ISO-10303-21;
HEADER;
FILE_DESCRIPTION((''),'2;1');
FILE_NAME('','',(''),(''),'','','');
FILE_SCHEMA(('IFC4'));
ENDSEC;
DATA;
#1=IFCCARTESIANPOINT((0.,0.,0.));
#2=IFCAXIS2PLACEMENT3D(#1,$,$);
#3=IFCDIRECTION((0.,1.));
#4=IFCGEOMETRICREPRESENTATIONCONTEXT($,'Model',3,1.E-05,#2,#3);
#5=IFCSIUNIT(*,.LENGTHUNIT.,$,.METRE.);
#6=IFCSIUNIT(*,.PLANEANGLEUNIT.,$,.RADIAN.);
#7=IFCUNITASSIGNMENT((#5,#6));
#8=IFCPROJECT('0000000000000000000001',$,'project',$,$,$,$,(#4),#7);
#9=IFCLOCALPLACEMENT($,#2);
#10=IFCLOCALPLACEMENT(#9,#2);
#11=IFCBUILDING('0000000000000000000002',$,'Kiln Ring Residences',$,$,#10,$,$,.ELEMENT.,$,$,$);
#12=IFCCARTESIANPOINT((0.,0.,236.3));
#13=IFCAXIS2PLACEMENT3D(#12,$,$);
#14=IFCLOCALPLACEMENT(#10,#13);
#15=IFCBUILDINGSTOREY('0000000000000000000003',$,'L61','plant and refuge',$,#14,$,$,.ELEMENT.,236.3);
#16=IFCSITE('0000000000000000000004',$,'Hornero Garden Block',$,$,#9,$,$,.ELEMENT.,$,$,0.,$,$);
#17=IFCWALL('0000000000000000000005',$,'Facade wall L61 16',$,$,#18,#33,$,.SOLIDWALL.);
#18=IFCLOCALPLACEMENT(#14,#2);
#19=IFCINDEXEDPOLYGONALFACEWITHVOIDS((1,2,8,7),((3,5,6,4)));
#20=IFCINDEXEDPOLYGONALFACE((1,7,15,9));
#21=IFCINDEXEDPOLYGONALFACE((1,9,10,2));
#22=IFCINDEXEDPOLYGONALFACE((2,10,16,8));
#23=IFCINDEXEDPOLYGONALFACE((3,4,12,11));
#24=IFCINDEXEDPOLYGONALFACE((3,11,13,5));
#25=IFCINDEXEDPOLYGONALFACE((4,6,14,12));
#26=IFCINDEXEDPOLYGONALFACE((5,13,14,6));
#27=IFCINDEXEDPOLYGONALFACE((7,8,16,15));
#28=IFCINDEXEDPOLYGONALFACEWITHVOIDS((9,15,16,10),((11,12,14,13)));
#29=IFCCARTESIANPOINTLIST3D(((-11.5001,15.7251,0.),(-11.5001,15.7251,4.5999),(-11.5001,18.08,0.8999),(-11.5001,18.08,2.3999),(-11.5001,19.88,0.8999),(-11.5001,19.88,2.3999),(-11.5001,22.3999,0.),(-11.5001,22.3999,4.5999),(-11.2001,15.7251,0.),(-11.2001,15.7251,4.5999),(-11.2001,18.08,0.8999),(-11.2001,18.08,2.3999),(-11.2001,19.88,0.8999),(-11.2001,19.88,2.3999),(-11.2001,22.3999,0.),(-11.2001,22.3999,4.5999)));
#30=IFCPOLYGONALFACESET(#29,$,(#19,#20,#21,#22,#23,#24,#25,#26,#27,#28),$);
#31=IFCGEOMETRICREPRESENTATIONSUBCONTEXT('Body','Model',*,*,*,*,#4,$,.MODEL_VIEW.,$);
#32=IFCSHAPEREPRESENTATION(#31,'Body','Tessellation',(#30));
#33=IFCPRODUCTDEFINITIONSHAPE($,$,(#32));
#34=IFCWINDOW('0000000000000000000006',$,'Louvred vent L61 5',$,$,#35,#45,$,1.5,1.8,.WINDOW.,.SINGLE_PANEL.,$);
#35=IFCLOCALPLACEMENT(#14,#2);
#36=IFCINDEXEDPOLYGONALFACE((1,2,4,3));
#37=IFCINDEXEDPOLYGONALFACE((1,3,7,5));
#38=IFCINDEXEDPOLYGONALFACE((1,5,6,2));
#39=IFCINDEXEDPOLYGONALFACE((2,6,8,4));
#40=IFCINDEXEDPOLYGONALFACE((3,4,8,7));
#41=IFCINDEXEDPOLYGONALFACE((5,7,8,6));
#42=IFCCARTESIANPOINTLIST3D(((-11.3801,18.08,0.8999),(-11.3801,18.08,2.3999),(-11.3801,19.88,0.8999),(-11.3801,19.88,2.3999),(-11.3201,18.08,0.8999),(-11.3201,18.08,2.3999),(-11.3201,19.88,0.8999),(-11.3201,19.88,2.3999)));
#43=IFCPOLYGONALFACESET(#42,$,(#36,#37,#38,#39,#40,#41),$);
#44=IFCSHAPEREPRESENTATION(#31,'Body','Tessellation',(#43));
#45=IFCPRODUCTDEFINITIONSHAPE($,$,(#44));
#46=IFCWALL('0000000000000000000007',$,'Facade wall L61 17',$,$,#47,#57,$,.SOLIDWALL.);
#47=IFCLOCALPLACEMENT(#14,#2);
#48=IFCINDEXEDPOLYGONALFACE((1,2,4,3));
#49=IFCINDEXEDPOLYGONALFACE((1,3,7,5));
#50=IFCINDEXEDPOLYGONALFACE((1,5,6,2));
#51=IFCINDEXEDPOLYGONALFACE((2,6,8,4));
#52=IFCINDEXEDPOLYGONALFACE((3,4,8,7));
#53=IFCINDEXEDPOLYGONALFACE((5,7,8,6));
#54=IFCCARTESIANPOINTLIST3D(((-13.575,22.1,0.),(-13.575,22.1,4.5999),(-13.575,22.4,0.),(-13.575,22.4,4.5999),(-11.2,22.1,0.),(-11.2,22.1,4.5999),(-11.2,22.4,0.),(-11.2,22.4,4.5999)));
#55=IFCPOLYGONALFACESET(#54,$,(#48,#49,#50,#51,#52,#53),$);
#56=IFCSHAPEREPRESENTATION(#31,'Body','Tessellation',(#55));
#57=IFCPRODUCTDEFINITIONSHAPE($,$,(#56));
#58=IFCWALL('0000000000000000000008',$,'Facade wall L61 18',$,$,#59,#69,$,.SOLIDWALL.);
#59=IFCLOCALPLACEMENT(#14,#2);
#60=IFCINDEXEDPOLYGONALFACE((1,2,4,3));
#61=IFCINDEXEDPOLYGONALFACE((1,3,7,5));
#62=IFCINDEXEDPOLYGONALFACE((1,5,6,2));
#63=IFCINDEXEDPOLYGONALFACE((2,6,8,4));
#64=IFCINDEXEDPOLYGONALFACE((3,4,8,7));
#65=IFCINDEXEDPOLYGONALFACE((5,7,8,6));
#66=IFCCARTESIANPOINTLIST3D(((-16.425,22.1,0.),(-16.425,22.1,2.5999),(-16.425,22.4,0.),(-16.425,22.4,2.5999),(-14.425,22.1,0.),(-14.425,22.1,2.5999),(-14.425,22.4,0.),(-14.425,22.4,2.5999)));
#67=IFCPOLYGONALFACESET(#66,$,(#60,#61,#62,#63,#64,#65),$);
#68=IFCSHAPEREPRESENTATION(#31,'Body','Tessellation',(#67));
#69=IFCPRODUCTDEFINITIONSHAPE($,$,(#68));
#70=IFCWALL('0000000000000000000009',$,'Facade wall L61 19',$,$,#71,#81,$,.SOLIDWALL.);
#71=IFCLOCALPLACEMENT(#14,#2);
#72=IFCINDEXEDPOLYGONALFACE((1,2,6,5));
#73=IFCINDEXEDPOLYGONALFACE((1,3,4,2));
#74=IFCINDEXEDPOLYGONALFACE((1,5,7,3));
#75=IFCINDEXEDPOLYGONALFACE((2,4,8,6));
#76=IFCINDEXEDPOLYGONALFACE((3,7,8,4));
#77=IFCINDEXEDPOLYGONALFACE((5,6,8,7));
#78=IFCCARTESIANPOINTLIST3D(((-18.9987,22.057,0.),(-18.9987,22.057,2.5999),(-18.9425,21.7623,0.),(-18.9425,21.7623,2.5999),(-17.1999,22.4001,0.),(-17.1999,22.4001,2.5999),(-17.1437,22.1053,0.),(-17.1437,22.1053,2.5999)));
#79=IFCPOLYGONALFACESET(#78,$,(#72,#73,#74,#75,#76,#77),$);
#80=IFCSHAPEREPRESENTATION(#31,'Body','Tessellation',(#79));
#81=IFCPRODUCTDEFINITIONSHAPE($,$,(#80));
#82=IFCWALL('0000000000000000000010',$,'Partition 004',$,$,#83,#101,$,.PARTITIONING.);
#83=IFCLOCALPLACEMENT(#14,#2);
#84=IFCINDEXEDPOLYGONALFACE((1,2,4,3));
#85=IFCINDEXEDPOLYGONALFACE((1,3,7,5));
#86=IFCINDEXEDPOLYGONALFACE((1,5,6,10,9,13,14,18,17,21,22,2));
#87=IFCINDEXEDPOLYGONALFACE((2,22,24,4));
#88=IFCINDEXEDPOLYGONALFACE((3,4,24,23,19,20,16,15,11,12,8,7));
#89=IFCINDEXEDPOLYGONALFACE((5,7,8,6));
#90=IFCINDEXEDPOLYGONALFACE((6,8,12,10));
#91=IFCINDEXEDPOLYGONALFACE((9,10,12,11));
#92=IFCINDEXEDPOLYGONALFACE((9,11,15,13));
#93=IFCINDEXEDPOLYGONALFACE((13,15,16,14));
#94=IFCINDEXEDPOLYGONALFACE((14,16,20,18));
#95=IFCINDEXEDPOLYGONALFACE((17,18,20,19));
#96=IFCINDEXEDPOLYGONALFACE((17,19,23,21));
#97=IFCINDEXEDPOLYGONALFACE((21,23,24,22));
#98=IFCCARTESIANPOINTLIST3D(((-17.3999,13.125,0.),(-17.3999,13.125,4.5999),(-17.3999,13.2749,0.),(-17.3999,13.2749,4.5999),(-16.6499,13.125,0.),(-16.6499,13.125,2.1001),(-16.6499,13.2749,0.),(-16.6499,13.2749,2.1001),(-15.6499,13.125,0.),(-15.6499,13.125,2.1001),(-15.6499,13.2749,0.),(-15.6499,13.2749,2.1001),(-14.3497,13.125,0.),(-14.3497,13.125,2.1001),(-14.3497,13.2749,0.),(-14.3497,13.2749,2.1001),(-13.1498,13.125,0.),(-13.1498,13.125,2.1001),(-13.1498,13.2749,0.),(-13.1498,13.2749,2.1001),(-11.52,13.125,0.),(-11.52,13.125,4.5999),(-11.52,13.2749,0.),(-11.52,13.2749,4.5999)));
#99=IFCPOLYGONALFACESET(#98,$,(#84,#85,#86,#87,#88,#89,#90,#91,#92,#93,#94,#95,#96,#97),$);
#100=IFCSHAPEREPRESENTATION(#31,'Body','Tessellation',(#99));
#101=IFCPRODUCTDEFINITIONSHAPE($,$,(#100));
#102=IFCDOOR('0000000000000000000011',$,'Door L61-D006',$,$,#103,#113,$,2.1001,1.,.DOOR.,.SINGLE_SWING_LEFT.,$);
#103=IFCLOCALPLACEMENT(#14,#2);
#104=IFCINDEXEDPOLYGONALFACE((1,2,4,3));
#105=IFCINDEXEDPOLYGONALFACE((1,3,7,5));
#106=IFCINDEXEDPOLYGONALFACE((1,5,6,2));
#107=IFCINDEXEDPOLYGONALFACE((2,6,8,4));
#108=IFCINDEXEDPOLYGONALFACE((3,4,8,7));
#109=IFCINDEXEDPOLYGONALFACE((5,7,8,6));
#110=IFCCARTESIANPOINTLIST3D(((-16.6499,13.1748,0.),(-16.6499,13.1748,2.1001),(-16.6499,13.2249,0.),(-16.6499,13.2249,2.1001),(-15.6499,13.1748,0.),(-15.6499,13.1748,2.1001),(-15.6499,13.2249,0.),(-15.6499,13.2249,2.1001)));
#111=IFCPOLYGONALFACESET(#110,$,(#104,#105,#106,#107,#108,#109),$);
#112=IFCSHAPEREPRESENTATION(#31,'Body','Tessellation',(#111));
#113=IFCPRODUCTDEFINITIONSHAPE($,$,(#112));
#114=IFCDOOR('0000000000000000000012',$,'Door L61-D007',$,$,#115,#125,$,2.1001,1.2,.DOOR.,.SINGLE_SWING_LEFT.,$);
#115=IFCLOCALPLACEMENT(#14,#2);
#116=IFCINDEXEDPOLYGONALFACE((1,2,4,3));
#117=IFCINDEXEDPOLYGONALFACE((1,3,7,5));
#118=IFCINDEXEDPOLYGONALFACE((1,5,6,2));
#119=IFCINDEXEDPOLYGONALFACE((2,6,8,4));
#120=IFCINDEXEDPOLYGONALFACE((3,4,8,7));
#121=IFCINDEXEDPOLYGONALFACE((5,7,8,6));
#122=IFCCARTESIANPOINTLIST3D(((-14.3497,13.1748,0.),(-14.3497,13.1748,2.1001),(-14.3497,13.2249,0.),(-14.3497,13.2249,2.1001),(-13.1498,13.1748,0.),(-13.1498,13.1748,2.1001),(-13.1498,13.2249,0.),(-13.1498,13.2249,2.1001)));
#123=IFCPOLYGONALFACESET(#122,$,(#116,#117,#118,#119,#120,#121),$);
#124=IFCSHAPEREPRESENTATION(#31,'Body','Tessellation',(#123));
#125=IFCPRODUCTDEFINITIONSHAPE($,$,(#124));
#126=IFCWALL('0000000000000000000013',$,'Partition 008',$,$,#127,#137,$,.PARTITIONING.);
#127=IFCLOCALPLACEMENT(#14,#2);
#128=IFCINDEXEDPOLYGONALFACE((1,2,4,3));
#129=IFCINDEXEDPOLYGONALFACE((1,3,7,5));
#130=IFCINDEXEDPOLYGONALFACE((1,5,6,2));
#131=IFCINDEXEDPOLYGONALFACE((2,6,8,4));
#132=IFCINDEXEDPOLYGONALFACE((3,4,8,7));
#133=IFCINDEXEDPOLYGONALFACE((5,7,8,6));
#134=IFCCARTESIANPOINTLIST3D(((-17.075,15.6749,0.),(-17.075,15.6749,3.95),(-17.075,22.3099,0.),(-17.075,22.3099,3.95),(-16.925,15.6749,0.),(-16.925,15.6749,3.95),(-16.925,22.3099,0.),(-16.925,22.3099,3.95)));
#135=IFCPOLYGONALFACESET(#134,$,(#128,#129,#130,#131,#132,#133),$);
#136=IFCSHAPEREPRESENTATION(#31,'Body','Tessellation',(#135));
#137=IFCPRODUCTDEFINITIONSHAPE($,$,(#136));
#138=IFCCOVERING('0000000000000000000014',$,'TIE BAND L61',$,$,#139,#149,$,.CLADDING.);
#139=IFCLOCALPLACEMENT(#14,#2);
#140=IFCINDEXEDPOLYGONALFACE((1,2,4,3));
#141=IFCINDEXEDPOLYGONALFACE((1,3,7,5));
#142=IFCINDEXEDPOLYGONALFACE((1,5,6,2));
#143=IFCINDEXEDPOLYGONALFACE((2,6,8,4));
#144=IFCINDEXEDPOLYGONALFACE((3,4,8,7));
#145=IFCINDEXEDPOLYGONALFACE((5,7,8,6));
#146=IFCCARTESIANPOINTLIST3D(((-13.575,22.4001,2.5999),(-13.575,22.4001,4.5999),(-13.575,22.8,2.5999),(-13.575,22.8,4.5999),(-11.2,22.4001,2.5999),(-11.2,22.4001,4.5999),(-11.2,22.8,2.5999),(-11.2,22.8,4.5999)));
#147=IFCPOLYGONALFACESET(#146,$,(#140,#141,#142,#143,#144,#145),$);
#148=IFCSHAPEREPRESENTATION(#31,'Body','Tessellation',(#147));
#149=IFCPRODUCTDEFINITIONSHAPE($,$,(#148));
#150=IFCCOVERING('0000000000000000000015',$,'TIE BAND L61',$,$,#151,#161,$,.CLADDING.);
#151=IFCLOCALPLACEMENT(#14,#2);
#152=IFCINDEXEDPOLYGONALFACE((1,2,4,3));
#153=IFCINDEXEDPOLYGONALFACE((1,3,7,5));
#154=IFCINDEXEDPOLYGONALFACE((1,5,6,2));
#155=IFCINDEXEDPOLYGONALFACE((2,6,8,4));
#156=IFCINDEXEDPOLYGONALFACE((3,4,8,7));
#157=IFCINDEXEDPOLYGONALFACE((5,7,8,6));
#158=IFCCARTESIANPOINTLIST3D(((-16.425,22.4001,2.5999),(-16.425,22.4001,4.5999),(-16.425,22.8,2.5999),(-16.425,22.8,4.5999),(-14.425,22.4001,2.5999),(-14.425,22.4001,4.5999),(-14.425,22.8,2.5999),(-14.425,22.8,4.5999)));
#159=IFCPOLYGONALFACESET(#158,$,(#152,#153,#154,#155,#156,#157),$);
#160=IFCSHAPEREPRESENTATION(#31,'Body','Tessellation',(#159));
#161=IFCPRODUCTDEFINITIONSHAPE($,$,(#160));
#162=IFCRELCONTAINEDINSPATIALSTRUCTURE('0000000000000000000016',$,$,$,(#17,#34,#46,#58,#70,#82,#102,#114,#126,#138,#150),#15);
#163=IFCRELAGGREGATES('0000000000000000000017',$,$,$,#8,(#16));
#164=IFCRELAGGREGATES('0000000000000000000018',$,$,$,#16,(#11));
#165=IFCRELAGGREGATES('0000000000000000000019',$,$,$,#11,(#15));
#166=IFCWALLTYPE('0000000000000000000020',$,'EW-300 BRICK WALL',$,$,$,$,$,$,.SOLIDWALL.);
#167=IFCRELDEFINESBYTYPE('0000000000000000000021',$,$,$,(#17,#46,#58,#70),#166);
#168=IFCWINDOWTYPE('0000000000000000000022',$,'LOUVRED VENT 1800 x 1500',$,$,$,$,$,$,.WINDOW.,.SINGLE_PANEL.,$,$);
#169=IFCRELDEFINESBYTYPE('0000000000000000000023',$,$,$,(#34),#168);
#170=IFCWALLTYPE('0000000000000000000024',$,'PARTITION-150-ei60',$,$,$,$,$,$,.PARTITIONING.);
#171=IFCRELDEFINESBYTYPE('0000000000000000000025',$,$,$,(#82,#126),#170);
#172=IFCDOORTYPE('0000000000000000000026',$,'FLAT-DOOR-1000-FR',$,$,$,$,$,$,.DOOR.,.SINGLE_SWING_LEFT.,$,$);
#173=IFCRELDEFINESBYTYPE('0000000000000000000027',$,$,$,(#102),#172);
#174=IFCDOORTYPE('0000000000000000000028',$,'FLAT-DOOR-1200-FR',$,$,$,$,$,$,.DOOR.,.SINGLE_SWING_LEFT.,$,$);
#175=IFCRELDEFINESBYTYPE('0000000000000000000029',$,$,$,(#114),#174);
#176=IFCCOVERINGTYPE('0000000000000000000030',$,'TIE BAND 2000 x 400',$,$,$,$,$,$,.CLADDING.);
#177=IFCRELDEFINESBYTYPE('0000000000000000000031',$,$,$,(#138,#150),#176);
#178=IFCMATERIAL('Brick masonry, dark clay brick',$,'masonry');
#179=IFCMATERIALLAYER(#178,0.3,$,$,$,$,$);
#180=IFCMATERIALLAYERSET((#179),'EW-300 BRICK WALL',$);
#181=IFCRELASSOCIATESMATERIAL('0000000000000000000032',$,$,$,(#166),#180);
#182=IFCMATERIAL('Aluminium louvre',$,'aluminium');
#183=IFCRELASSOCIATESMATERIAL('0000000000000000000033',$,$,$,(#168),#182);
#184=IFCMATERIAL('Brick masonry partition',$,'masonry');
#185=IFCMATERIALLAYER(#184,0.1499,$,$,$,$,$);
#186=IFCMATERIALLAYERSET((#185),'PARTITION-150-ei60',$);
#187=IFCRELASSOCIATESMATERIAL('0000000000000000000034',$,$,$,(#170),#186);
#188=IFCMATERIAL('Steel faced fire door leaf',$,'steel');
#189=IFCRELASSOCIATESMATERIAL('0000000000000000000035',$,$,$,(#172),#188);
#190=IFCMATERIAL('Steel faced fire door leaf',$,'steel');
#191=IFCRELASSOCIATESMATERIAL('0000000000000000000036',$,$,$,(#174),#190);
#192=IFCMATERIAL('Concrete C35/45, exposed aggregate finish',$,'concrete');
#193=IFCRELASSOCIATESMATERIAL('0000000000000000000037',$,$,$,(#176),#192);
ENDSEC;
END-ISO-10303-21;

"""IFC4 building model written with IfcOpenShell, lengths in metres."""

from ifc_helpers import new_model, si_unit, direction, frame, frame_2d, origin, origin_2d, place, context, subcontext, project, spatial, rectangle, extrude, material, layer, layer_set, type_object, element, fill, save


model = new_model("IFC4")

# Units and contexts
model_context = context("Model", 3, precision=1e-05, world=origin(), true_north=direction((0.0, 1.0)))
body_context = subcontext(model_context, "Body", "Model", "MODEL_VIEW")
ifc_project = project(units=[si_unit("LENGTHUNIT", "METRE"), si_unit("PLANEANGLEUNIT", "RADIAN")], contexts=[model_context])

# Site, building, storey
site_placement = place(None, origin())
site = spatial("IfcSite", under=ifc_project, at=site_placement, Name="Hornero Garden Block", CompositionType="ELEMENT", RefElevation=0.0)
building_placement = place(site_placement, origin())
building = spatial("IfcBuilding", under=site, at=building_placement, Name="Kiln Ring Residences", CompositionType="ELEMENT")
storey_placement = place(building_placement, frame((0.0, 0.0, 236.3)))
storey = spatial("IfcBuildingStorey", under=building, at=storey_placement, Name="L61", Description="plant and refuge", CompositionType="ELEMENT", Elevation=236.3)

# Wall, opening, window
ifc_material_1 = material(Name="Brick masonry, dark clay brick", Category="masonry")
ifc_layer_1 = layer(ifc_material_1, 0.3)
ifc_layer_set_1 = layer_set([ifc_layer_1], Name="EW-300 BRICK WALL")
wall_type_1 = type_object("IfcWallType", Name="EW-300 BRICK WALL", PredefinedType="SOLIDWALL", material=ifc_layer_set_1)
wall_1_placement = place(storey_placement, frame((-11.3501, 15.7251, 0.0), z_axis=(0.0, 0.0, 1.0), x_axis=(0.0, 1.0, 0.0)))
wall_1 = element("IfcWall", 1, at=wall_1_placement, inside=storey, type_object=wall_type_1, Name="Facade wall L61 16", PredefinedType="SOLIDWALL", context=body_context, shape_type="SweptSolid", body=[
    extrude(rectangle(XDim=6.6748, YDim=0.3, at=frame_2d((3.3374, 0.0))), origin(), (0.0, 0.0, 1.0), 4.5999),
])
opening_1_placement = place(wall_1_placement, frame((2.355, 0.0, 0.8999)))
opening_1 = element("IfcOpeningElement", 2, at=opening_1_placement, cuts=wall_1, PredefinedType="OPENING", context=body_context, shape_type="SweptSolid", body=[
    extrude(rectangle(XDim=1.8, YDim=1.5, at=frame_2d((0.8999, 0.75))), frame((0.0, 0.1599, 0.0), z_axis=(0.0, -1.0, 0.0), x_axis=(1.0, 0.0, 0.0)), (0.0, 0.0, 1.0), 0.3201),
])
ifc_material_2 = material(Name="Aluminium louvre", Category="aluminium")
window_type = type_object("IfcWindowType", Name="LOUVRED VENT 1800 x 1500", PartitioningType="SINGLE_PANEL", PredefinedType="WINDOW", material=ifc_material_2)
window_placement = place(opening_1_placement, origin())
window = element("IfcWindow", 3, at=window_placement, inside=storey, type_object=window_type, Name="Louvred vent L61 5", OverallHeight=1.5, OverallWidth=1.8, PartitioningType="SINGLE_PANEL", PredefinedType="WINDOW", context=body_context, shape_type="SweptSolid", body=[
    extrude(rectangle(XDim=1.8, YDim=1.5, at=frame_2d((0.8999, 0.75))), frame((0.0, 0.03, 0.0), z_axis=(0.0, -1.0, 0.0), x_axis=(1.0, 0.0, 0.0)), (0.0, 0.0, 1.0), 0.0601),
])
fill(opening_1, window)

# Walls
wall_2_placement = place(storey_placement, frame((-11.2, 22.25, 0.0), z_axis=(0.0, 0.0, 1.0), x_axis=(-1.0, 0.0, 0.0)))
element("IfcWall", 4, at=wall_2_placement, inside=storey, type_object=wall_type_1, Name="Facade wall L61 17", PredefinedType="SOLIDWALL", context=body_context, shape_type="SweptSolid", body=[
    extrude(rectangle(XDim=2.375, YDim=0.3, at=frame_2d((1.1875, 0.0))), origin(), (0.0, 0.0, 1.0), 4.5999),
])
wall_3_placement = place(storey_placement, frame((-14.425, 22.25, 0.0), z_axis=(0.0, 0.0, 1.0), x_axis=(-1.0, 0.0, 0.0)))
element("IfcWall", 5, at=wall_3_placement, inside=storey, type_object=wall_type_1, Name="Facade wall L61 18", PredefinedType="SOLIDWALL", context=body_context, shape_type="SweptSolid", body=[
    extrude(rectangle(XDim=2.0, YDim=0.3, at=frame_2d((1.0, 0.0))), origin(), (0.0, 0.0, 1.0), 2.5999),
])
wall_4_placement = place(storey_placement, frame((-17.1719, 22.2527, 0.0), z_axis=(0.0, 0.0, 1.0), x_axis=(-0.9823, -0.187314, 0.0)))
element("IfcWall", 6, at=wall_4_placement, inside=storey, type_object=wall_type_1, Name="Facade wall L61 19", PredefinedType="SOLIDWALL", context=body_context, shape_type="SweptSolid", body=[
    extrude(rectangle(XDim=1.8313, YDim=0.3, at=frame_2d((0.9155, 0.0))), origin(), (0.0, 0.0, 1.0), 2.5999),
])

# Wall, openings, doors
ifc_material_3 = material(Name="Brick masonry partition", Category="masonry")
ifc_layer_2 = layer(ifc_material_3, 0.1499)
ifc_layer_set_2 = layer_set([ifc_layer_2], Name="PARTITION-150-ei60")
wall_type_2 = type_object("IfcWallType", Name="PARTITION-150-ei60", PredefinedType="PARTITIONING", material=ifc_layer_set_2)
wall_5_placement = place(storey_placement, frame((-17.3999, 13.2, 0.0), z_axis=(0.0, 0.0, 1.0), x_axis=(1.0, 0.0, 0.0)))
wall_5 = element("IfcWall", 7, at=wall_5_placement, inside=storey, type_object=wall_type_2, Name="Partition 004", PredefinedType="PARTITIONING", context=body_context, shape_type="SweptSolid", body=[
    extrude(rectangle(XDim=5.8799, YDim=0.1499, at=frame_2d((2.9399, 0.0))), origin(), (0.0, 0.0, 1.0), 4.5999),
])
opening_2_placement = place(wall_5_placement, frame((0.75, 0.0, 0.0)))
opening_2 = element("IfcOpeningElement", 8, at=opening_2_placement, cuts=wall_5, PredefinedType="OPENING", context=body_context, shape_type="SweptSolid", body=[
    extrude(rectangle(XDim=1.0, YDim=2.1001, at=frame_2d((0.5, 1.05))), frame((0.0, 0.085, 0.0), z_axis=(0.0, -1.0, 0.0), x_axis=(1.0, 0.0, 0.0)), (0.0, 0.0, 1.0), 0.1699),
])
opening_3_placement = place(wall_5_placement, frame((3.05, 0.0, 0.0)))
opening_3 = element("IfcOpeningElement", 9, at=opening_3_placement, cuts=wall_5, PredefinedType="OPENING", context=body_context, shape_type="SweptSolid", body=[
    extrude(rectangle(XDim=1.2, YDim=2.1001, at=frame_2d((0.6001, 1.05))), frame((0.0, 0.085, 0.0), z_axis=(0.0, -1.0, 0.0), x_axis=(1.0, 0.0, 0.0)), (0.0, 0.0, 1.0), 0.1699),
])
ifc_material_4 = material(Name="Steel faced fire door leaf", Category="steel")
door_type_1 = type_object("IfcDoorType", Name="FLAT-DOOR-1000-FR", OperationType="SINGLE_SWING_LEFT", PredefinedType="DOOR", material=ifc_material_4)
door_1_placement = place(opening_2_placement, origin())
door_1 = element("IfcDoor", 10, at=door_1_placement, inside=storey, type_object=door_type_1, Name="Door L61-D006", OperationType="SINGLE_SWING_LEFT", OverallHeight=2.1001, OverallWidth=1.0, PredefinedType="DOOR", context=body_context, shape_type="SweptSolid", body=[
    extrude(rectangle(XDim=1.0, YDim=2.1001, at=frame_2d((0.5, 1.05))), frame((0.0, 0.0249, 0.0), z_axis=(0.0, -1.0, 0.0), x_axis=(1.0, 0.0, 0.0)), (0.0, 0.0, 1.0), 0.05),
])
fill(opening_2, door_1)
ifc_material_5 = material(Name="Steel faced fire door leaf", Category="steel")
door_type_2 = type_object("IfcDoorType", Name="FLAT-DOOR-1200-FR", OperationType="SINGLE_SWING_LEFT", PredefinedType="DOOR", material=ifc_material_5)
door_2_placement = place(opening_3_placement, origin())
door_2 = element("IfcDoor", 11, at=door_2_placement, inside=storey, type_object=door_type_2, Name="Door L61-D007", OperationType="SINGLE_SWING_LEFT", OverallHeight=2.1001, OverallWidth=1.2, PredefinedType="DOOR", context=body_context, shape_type="SweptSolid", body=[
    extrude(rectangle(XDim=1.2, YDim=2.1001, at=frame_2d((0.6001, 1.05))), frame((0.0, 0.0249, 0.0), z_axis=(0.0, -1.0, 0.0), x_axis=(1.0, 0.0, 0.0)), (0.0, 0.0, 1.0), 0.05),
])
fill(opening_3, door_2)

# Wall
wall_6_placement = place(storey_placement, frame((-17.0, 15.675, 0.0), z_axis=(0.0, 0.0, 1.0), x_axis=(0.0, 1.0, 0.0)))
element("IfcWall", 12, at=wall_6_placement, inside=storey, type_object=wall_type_2, Name="Partition 008", PredefinedType="PARTITIONING", context=body_context, shape_type="SweptSolid", body=[
    extrude(rectangle(XDim=6.635, YDim=0.1499, at=frame_2d((3.3174, 0.0))), origin(), (0.0, 0.0, 1.0), 3.95),
])

# Coverings
ifc_material_6 = material(Name="Concrete C35/45, exposed aggregate finish", Category="concrete")
covering_type = type_object("IfcCoveringType", Name="TIE BAND 2000 x 400", PredefinedType="CLADDING", material=ifc_material_6)
covering_1_placement = place(storey_placement, frame((-12.3875, 22.6001, 2.5999), z_axis=(0.0, 0.0, 1.0), x_axis=(-1.0, 0.0, 0.0)))
element("IfcCovering", 13, at=covering_1_placement, inside=storey, type_object=covering_type, Name="TIE BAND L61", PredefinedType="CLADDING", context=body_context, shape_type="SweptSolid", body=[
    extrude(rectangle(XDim=2.375, YDim=0.3999, at=origin_2d()), origin(), (0.0, 0.0, 1.0), 2.0),
])
covering_2_placement = place(storey_placement, frame((-15.425, 22.6001, 2.5999), z_axis=(0.0, 0.0, 1.0), x_axis=(-1.0, 0.0, 0.0)))
element("IfcCovering", 14, at=covering_2_placement, inside=storey, type_object=covering_type, Name="TIE BAND L61", PredefinedType="CLADDING", context=body_context, shape_type="SweptSolid", body=[
    extrude(rectangle(XDim=2.0, YDim=0.3999, at=origin_2d()), origin(), (0.0, 0.0, 1.0), 2.0),
])

save(model, "model.ifc")
